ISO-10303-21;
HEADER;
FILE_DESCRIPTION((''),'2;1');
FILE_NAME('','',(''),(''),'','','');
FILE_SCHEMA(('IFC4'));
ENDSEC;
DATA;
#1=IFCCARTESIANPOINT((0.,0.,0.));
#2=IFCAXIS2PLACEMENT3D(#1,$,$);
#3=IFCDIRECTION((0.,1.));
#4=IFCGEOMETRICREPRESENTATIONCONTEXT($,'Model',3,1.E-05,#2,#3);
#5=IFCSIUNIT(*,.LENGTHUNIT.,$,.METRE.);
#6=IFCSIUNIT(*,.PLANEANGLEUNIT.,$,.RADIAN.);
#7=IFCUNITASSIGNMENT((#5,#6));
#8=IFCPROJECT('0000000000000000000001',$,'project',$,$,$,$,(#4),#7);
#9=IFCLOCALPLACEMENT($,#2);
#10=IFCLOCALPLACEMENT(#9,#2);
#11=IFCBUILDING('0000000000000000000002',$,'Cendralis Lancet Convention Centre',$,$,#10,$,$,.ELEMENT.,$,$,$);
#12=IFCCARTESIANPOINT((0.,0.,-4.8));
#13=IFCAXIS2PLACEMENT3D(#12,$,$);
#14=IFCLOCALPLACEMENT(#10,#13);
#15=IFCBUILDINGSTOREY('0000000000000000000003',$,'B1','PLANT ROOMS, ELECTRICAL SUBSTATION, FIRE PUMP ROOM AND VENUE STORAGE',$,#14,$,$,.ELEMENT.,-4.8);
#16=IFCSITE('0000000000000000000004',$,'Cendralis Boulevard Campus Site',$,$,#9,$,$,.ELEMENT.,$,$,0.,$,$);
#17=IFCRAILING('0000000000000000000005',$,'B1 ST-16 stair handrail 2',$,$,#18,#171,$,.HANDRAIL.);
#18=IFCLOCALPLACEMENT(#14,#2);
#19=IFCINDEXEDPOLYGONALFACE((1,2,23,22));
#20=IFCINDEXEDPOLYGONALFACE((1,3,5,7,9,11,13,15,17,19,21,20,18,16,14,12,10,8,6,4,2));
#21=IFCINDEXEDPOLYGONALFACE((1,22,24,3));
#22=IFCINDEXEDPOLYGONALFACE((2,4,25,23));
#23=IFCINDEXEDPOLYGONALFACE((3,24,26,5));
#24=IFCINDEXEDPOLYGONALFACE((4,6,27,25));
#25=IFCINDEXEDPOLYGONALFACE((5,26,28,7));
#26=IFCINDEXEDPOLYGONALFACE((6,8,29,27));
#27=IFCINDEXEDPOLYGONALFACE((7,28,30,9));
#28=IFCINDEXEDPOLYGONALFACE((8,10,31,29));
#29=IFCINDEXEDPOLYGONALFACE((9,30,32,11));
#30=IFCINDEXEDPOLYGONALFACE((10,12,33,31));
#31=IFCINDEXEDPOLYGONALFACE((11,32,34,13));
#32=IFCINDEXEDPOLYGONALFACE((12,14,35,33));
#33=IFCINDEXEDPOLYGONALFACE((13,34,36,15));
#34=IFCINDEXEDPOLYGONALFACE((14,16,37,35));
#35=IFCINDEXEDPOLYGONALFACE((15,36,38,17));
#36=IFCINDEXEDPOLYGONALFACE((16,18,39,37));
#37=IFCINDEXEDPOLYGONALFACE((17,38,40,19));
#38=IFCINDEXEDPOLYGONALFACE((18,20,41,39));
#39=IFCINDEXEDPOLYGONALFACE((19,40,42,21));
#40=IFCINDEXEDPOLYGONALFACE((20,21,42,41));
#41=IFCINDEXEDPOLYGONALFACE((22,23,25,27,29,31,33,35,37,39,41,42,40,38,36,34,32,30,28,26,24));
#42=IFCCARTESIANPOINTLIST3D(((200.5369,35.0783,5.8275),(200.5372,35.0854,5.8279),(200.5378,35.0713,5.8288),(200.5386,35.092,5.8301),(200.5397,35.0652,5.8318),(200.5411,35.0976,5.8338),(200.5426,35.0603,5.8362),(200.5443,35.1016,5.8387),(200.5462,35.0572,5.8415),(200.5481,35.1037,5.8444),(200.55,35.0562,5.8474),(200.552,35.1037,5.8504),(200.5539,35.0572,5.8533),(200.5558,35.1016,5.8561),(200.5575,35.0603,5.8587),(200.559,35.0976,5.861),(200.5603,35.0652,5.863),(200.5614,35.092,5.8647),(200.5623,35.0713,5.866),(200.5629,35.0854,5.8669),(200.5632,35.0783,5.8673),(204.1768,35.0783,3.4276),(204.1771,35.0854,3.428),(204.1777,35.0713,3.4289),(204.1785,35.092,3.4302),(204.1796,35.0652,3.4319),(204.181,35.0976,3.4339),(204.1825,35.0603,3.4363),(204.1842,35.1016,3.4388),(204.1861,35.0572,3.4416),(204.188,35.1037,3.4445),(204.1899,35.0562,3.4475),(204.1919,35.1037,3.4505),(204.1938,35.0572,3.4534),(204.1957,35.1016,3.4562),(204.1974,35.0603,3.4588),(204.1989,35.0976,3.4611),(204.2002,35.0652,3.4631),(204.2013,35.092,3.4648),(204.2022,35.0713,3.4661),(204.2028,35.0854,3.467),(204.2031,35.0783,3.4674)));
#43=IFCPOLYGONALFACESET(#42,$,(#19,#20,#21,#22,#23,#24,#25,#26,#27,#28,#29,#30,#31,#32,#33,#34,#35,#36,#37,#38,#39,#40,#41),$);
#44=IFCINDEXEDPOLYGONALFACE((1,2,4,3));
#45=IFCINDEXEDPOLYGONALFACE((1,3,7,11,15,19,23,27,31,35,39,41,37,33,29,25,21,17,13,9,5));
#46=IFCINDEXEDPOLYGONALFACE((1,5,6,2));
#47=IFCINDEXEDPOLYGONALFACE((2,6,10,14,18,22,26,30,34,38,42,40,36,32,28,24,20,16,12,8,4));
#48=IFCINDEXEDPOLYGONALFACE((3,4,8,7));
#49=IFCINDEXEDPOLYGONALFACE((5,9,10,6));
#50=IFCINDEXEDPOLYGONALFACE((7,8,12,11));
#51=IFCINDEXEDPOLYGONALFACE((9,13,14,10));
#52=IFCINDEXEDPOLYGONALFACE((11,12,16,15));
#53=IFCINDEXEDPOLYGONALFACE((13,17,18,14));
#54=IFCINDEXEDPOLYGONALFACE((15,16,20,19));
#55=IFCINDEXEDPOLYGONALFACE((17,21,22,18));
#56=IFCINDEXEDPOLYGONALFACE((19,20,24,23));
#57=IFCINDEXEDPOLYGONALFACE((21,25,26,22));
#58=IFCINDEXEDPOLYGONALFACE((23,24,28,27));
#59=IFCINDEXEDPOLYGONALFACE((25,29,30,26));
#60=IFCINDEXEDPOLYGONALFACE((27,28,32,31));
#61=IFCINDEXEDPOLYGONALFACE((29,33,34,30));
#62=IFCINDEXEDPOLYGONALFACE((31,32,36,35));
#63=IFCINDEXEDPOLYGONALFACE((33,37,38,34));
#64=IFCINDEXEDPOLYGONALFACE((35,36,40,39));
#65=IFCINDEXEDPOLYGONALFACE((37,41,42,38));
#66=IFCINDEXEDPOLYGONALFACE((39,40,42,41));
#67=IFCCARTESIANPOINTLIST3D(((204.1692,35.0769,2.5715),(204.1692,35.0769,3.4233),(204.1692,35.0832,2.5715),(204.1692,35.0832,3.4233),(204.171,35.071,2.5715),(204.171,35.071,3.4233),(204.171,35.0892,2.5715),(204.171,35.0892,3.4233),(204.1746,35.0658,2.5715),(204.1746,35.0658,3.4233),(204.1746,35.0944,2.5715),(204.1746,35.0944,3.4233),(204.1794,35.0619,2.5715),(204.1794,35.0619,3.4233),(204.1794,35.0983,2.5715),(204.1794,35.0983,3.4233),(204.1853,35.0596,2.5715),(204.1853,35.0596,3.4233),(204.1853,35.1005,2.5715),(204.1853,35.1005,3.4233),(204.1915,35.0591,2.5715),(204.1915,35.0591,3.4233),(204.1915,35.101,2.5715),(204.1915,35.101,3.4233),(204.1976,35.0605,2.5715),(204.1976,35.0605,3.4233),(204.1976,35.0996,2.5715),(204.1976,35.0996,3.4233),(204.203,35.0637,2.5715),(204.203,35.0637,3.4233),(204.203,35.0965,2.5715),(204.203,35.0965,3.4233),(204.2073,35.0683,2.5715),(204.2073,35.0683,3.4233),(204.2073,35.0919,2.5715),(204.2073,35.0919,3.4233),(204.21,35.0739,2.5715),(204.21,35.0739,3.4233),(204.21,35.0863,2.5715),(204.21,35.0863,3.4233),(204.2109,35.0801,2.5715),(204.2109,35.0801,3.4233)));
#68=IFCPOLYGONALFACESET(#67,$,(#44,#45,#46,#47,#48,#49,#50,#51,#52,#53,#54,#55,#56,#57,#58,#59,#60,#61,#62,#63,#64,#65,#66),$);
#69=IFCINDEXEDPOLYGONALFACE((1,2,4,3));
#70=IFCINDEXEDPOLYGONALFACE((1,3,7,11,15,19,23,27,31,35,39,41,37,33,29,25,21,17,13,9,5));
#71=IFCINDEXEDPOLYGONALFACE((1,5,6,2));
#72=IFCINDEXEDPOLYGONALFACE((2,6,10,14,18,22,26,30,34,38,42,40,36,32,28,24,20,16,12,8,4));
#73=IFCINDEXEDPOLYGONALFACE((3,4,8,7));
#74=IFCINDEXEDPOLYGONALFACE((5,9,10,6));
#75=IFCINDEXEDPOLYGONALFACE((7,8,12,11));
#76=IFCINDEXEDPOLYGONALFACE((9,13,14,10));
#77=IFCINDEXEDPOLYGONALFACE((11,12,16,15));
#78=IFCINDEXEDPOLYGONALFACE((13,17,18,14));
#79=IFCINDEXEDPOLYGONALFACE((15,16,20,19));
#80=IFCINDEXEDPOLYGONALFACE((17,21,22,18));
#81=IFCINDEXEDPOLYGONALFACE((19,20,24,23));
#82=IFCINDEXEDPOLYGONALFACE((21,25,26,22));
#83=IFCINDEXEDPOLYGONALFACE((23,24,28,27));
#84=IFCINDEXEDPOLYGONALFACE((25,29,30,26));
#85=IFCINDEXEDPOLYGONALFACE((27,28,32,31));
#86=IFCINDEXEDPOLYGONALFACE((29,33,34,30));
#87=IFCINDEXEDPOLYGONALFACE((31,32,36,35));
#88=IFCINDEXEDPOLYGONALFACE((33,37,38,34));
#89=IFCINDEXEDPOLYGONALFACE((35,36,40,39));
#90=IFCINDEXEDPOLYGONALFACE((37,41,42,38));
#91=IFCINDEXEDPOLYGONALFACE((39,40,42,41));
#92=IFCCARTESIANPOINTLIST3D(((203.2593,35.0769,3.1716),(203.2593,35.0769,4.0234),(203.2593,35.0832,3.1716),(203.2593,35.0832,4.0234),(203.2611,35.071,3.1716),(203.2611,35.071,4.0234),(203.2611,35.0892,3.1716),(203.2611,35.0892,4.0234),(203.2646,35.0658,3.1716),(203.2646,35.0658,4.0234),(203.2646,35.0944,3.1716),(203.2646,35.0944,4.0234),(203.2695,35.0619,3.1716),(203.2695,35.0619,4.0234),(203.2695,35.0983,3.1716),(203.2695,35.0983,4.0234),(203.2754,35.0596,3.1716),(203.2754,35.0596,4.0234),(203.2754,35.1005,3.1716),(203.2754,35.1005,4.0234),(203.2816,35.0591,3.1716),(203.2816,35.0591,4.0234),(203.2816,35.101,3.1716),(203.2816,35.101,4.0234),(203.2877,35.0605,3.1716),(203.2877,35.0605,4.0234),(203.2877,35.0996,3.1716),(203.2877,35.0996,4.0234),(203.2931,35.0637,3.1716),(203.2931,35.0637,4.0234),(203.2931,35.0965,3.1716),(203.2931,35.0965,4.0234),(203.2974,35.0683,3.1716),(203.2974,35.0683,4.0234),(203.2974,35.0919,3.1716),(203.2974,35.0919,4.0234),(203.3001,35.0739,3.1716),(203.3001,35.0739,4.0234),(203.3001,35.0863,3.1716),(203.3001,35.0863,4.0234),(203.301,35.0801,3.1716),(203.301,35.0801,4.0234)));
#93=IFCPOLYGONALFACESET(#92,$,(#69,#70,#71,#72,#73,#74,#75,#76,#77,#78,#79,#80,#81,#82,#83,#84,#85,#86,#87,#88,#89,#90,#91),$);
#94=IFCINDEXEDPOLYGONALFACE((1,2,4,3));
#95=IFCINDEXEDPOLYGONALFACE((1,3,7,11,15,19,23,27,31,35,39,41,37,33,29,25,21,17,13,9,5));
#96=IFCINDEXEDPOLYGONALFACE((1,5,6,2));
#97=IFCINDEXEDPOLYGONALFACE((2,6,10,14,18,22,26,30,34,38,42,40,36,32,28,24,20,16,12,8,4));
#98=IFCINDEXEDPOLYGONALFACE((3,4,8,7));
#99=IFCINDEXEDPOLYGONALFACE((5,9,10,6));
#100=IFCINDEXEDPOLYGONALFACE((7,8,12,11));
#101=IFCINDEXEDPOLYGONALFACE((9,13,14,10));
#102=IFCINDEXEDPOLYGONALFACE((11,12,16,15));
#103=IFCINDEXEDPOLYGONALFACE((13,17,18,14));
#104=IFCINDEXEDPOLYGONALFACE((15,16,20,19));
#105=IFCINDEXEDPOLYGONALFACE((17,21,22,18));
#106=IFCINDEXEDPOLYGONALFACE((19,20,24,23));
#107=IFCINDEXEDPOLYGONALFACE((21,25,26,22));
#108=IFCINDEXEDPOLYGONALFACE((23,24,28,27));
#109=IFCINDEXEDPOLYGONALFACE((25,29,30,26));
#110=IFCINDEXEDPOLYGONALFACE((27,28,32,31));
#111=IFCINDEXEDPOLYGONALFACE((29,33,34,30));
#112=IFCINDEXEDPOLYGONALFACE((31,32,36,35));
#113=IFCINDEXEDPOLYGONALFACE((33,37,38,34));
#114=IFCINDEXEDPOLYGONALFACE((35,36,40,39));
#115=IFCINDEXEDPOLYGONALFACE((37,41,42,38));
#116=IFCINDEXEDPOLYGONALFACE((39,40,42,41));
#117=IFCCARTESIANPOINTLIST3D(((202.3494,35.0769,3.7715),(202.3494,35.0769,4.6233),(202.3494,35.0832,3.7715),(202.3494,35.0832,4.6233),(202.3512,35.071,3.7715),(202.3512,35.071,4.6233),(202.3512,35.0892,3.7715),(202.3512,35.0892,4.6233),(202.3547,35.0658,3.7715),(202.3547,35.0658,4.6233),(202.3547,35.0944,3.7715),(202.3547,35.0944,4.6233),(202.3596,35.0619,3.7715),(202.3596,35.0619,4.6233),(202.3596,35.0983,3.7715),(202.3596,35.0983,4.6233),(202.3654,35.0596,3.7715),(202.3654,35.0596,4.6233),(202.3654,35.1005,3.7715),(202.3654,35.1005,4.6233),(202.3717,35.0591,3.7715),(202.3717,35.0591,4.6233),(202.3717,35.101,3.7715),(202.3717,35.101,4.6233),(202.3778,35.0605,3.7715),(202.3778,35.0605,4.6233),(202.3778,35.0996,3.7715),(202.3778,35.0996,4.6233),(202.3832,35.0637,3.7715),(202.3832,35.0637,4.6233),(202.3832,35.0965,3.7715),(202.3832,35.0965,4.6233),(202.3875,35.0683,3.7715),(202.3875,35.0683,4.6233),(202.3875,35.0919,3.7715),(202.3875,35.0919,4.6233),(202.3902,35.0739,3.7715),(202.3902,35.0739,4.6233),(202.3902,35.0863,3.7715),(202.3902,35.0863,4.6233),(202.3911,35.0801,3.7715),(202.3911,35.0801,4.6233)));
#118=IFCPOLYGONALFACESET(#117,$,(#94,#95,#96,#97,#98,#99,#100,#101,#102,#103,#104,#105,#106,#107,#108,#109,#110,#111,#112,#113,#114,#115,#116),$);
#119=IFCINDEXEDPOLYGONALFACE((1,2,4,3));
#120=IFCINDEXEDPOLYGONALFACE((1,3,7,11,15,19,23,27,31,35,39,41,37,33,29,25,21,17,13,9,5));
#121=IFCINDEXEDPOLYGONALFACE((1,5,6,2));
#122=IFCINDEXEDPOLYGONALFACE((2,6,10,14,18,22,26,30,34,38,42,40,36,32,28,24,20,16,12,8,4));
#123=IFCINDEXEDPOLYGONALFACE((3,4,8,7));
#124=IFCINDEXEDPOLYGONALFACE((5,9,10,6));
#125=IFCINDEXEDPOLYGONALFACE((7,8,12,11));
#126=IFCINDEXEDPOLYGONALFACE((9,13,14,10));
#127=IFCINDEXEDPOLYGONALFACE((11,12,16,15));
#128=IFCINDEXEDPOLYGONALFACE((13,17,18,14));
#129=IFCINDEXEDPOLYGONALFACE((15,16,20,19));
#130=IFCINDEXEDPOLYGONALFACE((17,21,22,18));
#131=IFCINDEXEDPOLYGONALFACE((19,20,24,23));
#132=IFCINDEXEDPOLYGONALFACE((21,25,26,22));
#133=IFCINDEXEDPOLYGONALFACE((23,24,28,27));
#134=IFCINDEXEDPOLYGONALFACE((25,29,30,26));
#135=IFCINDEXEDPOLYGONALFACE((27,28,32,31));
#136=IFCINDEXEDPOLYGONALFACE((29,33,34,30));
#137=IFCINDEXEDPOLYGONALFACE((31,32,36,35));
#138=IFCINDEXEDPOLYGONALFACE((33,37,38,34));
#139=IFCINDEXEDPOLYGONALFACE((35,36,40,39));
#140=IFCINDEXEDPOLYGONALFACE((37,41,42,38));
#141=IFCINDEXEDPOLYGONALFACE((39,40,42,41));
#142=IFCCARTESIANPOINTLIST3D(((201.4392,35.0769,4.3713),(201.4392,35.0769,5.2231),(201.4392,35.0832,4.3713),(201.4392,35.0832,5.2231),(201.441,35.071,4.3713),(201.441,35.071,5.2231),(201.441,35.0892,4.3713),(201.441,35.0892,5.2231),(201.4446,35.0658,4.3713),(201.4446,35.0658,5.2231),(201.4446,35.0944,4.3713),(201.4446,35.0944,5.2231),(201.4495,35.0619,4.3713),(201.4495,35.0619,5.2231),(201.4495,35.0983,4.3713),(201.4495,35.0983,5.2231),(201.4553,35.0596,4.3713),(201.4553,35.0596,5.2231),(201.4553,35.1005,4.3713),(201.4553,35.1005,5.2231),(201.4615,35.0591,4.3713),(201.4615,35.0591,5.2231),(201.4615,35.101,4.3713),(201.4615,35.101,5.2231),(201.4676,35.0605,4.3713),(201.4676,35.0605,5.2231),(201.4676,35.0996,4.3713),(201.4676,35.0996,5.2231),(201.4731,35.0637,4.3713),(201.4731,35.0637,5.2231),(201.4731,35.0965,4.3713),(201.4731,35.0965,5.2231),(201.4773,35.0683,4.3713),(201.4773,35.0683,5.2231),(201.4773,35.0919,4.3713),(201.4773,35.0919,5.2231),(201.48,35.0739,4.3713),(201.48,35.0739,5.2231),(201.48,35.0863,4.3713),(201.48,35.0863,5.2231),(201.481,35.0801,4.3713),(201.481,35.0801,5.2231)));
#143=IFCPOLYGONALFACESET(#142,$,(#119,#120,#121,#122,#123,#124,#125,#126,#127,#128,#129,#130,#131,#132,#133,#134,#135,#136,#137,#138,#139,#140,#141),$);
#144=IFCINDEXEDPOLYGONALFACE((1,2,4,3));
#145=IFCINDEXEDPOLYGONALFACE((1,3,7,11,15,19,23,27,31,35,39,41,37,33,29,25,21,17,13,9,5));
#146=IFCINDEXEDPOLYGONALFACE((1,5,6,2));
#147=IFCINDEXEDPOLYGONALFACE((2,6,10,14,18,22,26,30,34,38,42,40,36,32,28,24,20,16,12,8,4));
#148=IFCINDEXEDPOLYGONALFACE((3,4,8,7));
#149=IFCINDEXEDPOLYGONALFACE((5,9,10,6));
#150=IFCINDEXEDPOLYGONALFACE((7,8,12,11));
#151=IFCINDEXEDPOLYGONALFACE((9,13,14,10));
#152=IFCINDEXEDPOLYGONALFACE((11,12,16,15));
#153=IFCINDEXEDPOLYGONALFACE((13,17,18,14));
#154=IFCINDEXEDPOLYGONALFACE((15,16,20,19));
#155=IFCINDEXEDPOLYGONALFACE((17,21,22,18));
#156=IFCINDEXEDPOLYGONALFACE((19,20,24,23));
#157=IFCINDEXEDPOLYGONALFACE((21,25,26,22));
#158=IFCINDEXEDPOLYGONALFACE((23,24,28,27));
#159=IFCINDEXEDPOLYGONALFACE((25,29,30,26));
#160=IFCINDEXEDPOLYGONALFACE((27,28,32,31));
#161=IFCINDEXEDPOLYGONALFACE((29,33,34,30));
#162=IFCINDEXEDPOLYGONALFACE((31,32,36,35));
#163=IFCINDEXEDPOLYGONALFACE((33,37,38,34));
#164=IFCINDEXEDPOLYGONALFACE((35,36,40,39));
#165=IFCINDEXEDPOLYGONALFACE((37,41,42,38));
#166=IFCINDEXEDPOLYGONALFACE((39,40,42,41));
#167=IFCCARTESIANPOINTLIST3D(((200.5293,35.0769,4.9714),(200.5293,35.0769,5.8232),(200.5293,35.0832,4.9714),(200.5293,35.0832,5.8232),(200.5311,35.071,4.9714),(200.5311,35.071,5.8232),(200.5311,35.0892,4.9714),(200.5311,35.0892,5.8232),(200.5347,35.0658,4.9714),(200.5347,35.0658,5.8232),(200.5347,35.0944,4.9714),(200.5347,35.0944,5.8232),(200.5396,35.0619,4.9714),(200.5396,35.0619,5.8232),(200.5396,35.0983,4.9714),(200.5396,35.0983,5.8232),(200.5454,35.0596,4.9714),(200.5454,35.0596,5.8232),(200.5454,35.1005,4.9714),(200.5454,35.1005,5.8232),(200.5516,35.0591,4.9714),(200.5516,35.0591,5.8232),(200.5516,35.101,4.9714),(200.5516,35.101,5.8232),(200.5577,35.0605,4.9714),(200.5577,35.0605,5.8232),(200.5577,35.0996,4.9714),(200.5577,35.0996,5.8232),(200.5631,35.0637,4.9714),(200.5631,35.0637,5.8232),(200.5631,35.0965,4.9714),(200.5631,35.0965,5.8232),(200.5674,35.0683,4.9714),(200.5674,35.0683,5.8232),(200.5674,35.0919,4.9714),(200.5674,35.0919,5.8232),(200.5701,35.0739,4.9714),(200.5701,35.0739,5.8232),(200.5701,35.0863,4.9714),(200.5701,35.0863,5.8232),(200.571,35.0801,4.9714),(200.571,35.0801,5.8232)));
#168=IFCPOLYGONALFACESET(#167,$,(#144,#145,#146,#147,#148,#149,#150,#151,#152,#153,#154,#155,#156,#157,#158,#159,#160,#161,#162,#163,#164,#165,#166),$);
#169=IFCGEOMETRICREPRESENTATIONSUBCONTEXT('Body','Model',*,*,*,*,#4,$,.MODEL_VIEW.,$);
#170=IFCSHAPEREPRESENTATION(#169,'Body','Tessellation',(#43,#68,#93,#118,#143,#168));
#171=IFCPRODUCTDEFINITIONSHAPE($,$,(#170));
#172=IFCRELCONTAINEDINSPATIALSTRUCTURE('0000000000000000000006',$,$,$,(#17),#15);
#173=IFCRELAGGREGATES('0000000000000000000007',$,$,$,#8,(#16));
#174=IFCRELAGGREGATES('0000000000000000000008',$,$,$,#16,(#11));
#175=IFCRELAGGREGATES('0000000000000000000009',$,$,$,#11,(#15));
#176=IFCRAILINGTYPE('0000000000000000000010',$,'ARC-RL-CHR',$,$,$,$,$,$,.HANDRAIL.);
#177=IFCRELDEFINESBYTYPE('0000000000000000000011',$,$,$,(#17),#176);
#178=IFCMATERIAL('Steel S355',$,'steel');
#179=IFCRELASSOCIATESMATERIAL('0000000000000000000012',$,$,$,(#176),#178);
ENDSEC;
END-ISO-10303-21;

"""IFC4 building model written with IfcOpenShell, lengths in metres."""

from ifc_helpers import new_model, si_unit, direction, frame, origin, origin_2d, place, context, subcontext, project, spatial, circle, extrude, material, type_object, element, save


model = new_model("IFC4")

# Units and contexts
model_context = context("Model", 3, precision=1e-05, world=origin(), true_north=direction((0.0, 1.0)))
body_context = subcontext(model_context, "Body", "Model", "MODEL_VIEW")
ifc_project = project(units=[si_unit("LENGTHUNIT", "METRE"), si_unit("PLANEANGLEUNIT", "RADIAN")], contexts=[model_context])

# Site, building, storey
site_placement = place(None, origin())
site = spatial("IfcSite", under=ifc_project, at=site_placement, Name="Cendralis Boulevard Campus Site", CompositionType="ELEMENT", RefElevation=0.0)
building_placement = place(site_placement, origin())
building = spatial("IfcBuilding", under=site, at=building_placement, Name="Cendralis Lancet Convention Centre", CompositionType="ELEMENT")
storey_placement = place(building_placement, frame((0.0, 0.0, -4.8)))
storey = spatial("IfcBuildingStorey", under=building, at=storey_placement, Name="B1", Description="PLANT ROOMS, ELECTRICAL SUBSTATION, FIRE PUMP ROOM AND VENUE STORAGE", CompositionType="ELEMENT", Elevation=-4.8)

# Railing
ifc_material_1 = material(Name="Steel S355", Category="steel")
railing_type_1 = type_object("IfcRailingType", Name="ARC-RL-CHR", PredefinedType="HANDRAIL", material=ifc_material_1)
railing_1_placement = place(storey_placement, frame((204.1899, 35.0801, 2.5715)))
element("IfcRailing", 1, at=railing_1_placement, inside=storey, type_object=railing_type_1, Name="B1 ST-16 stair handrail 2", PredefinedType="HANDRAIL", context=body_context, shape_type="SweptSolid", body=[
    extrude(circle(Radius=0.0239, at=origin_2d()), frame((0.0, 0.0, 0.876), z_axis=(-0.834865, 0.0, 0.550454), x_axis=(0.0, -1.0, 0.0)), (0.0, 0.0, 1.0), 4.3599),
    extrude(circle(Radius=0.021, at=origin_2d()), origin(), (0.0, 0.0, 1.0), 0.8518),
    extrude(circle(Radius=0.021, at=origin_2d()), frame((-0.9099, 0.0, 0.6001)), (0.0, 0.0, 1.0), 0.8518),
    extrude(circle(Radius=0.021, at=origin_2d()), frame((-1.8198, 0.0, 1.2)), (0.0, 0.0, 1.0), 0.8518),
    extrude(circle(Radius=0.021, at=origin_2d()), frame((-2.73, 0.0, 1.7998)), (0.0, 0.0, 1.0), 0.8518),
    extrude(circle(Radius=0.021, at=origin_2d()), frame((-3.6399, 0.0, 2.3999)), (0.0, 0.0, 1.0), 0.8518),
])

save(model, "model.ifc")
